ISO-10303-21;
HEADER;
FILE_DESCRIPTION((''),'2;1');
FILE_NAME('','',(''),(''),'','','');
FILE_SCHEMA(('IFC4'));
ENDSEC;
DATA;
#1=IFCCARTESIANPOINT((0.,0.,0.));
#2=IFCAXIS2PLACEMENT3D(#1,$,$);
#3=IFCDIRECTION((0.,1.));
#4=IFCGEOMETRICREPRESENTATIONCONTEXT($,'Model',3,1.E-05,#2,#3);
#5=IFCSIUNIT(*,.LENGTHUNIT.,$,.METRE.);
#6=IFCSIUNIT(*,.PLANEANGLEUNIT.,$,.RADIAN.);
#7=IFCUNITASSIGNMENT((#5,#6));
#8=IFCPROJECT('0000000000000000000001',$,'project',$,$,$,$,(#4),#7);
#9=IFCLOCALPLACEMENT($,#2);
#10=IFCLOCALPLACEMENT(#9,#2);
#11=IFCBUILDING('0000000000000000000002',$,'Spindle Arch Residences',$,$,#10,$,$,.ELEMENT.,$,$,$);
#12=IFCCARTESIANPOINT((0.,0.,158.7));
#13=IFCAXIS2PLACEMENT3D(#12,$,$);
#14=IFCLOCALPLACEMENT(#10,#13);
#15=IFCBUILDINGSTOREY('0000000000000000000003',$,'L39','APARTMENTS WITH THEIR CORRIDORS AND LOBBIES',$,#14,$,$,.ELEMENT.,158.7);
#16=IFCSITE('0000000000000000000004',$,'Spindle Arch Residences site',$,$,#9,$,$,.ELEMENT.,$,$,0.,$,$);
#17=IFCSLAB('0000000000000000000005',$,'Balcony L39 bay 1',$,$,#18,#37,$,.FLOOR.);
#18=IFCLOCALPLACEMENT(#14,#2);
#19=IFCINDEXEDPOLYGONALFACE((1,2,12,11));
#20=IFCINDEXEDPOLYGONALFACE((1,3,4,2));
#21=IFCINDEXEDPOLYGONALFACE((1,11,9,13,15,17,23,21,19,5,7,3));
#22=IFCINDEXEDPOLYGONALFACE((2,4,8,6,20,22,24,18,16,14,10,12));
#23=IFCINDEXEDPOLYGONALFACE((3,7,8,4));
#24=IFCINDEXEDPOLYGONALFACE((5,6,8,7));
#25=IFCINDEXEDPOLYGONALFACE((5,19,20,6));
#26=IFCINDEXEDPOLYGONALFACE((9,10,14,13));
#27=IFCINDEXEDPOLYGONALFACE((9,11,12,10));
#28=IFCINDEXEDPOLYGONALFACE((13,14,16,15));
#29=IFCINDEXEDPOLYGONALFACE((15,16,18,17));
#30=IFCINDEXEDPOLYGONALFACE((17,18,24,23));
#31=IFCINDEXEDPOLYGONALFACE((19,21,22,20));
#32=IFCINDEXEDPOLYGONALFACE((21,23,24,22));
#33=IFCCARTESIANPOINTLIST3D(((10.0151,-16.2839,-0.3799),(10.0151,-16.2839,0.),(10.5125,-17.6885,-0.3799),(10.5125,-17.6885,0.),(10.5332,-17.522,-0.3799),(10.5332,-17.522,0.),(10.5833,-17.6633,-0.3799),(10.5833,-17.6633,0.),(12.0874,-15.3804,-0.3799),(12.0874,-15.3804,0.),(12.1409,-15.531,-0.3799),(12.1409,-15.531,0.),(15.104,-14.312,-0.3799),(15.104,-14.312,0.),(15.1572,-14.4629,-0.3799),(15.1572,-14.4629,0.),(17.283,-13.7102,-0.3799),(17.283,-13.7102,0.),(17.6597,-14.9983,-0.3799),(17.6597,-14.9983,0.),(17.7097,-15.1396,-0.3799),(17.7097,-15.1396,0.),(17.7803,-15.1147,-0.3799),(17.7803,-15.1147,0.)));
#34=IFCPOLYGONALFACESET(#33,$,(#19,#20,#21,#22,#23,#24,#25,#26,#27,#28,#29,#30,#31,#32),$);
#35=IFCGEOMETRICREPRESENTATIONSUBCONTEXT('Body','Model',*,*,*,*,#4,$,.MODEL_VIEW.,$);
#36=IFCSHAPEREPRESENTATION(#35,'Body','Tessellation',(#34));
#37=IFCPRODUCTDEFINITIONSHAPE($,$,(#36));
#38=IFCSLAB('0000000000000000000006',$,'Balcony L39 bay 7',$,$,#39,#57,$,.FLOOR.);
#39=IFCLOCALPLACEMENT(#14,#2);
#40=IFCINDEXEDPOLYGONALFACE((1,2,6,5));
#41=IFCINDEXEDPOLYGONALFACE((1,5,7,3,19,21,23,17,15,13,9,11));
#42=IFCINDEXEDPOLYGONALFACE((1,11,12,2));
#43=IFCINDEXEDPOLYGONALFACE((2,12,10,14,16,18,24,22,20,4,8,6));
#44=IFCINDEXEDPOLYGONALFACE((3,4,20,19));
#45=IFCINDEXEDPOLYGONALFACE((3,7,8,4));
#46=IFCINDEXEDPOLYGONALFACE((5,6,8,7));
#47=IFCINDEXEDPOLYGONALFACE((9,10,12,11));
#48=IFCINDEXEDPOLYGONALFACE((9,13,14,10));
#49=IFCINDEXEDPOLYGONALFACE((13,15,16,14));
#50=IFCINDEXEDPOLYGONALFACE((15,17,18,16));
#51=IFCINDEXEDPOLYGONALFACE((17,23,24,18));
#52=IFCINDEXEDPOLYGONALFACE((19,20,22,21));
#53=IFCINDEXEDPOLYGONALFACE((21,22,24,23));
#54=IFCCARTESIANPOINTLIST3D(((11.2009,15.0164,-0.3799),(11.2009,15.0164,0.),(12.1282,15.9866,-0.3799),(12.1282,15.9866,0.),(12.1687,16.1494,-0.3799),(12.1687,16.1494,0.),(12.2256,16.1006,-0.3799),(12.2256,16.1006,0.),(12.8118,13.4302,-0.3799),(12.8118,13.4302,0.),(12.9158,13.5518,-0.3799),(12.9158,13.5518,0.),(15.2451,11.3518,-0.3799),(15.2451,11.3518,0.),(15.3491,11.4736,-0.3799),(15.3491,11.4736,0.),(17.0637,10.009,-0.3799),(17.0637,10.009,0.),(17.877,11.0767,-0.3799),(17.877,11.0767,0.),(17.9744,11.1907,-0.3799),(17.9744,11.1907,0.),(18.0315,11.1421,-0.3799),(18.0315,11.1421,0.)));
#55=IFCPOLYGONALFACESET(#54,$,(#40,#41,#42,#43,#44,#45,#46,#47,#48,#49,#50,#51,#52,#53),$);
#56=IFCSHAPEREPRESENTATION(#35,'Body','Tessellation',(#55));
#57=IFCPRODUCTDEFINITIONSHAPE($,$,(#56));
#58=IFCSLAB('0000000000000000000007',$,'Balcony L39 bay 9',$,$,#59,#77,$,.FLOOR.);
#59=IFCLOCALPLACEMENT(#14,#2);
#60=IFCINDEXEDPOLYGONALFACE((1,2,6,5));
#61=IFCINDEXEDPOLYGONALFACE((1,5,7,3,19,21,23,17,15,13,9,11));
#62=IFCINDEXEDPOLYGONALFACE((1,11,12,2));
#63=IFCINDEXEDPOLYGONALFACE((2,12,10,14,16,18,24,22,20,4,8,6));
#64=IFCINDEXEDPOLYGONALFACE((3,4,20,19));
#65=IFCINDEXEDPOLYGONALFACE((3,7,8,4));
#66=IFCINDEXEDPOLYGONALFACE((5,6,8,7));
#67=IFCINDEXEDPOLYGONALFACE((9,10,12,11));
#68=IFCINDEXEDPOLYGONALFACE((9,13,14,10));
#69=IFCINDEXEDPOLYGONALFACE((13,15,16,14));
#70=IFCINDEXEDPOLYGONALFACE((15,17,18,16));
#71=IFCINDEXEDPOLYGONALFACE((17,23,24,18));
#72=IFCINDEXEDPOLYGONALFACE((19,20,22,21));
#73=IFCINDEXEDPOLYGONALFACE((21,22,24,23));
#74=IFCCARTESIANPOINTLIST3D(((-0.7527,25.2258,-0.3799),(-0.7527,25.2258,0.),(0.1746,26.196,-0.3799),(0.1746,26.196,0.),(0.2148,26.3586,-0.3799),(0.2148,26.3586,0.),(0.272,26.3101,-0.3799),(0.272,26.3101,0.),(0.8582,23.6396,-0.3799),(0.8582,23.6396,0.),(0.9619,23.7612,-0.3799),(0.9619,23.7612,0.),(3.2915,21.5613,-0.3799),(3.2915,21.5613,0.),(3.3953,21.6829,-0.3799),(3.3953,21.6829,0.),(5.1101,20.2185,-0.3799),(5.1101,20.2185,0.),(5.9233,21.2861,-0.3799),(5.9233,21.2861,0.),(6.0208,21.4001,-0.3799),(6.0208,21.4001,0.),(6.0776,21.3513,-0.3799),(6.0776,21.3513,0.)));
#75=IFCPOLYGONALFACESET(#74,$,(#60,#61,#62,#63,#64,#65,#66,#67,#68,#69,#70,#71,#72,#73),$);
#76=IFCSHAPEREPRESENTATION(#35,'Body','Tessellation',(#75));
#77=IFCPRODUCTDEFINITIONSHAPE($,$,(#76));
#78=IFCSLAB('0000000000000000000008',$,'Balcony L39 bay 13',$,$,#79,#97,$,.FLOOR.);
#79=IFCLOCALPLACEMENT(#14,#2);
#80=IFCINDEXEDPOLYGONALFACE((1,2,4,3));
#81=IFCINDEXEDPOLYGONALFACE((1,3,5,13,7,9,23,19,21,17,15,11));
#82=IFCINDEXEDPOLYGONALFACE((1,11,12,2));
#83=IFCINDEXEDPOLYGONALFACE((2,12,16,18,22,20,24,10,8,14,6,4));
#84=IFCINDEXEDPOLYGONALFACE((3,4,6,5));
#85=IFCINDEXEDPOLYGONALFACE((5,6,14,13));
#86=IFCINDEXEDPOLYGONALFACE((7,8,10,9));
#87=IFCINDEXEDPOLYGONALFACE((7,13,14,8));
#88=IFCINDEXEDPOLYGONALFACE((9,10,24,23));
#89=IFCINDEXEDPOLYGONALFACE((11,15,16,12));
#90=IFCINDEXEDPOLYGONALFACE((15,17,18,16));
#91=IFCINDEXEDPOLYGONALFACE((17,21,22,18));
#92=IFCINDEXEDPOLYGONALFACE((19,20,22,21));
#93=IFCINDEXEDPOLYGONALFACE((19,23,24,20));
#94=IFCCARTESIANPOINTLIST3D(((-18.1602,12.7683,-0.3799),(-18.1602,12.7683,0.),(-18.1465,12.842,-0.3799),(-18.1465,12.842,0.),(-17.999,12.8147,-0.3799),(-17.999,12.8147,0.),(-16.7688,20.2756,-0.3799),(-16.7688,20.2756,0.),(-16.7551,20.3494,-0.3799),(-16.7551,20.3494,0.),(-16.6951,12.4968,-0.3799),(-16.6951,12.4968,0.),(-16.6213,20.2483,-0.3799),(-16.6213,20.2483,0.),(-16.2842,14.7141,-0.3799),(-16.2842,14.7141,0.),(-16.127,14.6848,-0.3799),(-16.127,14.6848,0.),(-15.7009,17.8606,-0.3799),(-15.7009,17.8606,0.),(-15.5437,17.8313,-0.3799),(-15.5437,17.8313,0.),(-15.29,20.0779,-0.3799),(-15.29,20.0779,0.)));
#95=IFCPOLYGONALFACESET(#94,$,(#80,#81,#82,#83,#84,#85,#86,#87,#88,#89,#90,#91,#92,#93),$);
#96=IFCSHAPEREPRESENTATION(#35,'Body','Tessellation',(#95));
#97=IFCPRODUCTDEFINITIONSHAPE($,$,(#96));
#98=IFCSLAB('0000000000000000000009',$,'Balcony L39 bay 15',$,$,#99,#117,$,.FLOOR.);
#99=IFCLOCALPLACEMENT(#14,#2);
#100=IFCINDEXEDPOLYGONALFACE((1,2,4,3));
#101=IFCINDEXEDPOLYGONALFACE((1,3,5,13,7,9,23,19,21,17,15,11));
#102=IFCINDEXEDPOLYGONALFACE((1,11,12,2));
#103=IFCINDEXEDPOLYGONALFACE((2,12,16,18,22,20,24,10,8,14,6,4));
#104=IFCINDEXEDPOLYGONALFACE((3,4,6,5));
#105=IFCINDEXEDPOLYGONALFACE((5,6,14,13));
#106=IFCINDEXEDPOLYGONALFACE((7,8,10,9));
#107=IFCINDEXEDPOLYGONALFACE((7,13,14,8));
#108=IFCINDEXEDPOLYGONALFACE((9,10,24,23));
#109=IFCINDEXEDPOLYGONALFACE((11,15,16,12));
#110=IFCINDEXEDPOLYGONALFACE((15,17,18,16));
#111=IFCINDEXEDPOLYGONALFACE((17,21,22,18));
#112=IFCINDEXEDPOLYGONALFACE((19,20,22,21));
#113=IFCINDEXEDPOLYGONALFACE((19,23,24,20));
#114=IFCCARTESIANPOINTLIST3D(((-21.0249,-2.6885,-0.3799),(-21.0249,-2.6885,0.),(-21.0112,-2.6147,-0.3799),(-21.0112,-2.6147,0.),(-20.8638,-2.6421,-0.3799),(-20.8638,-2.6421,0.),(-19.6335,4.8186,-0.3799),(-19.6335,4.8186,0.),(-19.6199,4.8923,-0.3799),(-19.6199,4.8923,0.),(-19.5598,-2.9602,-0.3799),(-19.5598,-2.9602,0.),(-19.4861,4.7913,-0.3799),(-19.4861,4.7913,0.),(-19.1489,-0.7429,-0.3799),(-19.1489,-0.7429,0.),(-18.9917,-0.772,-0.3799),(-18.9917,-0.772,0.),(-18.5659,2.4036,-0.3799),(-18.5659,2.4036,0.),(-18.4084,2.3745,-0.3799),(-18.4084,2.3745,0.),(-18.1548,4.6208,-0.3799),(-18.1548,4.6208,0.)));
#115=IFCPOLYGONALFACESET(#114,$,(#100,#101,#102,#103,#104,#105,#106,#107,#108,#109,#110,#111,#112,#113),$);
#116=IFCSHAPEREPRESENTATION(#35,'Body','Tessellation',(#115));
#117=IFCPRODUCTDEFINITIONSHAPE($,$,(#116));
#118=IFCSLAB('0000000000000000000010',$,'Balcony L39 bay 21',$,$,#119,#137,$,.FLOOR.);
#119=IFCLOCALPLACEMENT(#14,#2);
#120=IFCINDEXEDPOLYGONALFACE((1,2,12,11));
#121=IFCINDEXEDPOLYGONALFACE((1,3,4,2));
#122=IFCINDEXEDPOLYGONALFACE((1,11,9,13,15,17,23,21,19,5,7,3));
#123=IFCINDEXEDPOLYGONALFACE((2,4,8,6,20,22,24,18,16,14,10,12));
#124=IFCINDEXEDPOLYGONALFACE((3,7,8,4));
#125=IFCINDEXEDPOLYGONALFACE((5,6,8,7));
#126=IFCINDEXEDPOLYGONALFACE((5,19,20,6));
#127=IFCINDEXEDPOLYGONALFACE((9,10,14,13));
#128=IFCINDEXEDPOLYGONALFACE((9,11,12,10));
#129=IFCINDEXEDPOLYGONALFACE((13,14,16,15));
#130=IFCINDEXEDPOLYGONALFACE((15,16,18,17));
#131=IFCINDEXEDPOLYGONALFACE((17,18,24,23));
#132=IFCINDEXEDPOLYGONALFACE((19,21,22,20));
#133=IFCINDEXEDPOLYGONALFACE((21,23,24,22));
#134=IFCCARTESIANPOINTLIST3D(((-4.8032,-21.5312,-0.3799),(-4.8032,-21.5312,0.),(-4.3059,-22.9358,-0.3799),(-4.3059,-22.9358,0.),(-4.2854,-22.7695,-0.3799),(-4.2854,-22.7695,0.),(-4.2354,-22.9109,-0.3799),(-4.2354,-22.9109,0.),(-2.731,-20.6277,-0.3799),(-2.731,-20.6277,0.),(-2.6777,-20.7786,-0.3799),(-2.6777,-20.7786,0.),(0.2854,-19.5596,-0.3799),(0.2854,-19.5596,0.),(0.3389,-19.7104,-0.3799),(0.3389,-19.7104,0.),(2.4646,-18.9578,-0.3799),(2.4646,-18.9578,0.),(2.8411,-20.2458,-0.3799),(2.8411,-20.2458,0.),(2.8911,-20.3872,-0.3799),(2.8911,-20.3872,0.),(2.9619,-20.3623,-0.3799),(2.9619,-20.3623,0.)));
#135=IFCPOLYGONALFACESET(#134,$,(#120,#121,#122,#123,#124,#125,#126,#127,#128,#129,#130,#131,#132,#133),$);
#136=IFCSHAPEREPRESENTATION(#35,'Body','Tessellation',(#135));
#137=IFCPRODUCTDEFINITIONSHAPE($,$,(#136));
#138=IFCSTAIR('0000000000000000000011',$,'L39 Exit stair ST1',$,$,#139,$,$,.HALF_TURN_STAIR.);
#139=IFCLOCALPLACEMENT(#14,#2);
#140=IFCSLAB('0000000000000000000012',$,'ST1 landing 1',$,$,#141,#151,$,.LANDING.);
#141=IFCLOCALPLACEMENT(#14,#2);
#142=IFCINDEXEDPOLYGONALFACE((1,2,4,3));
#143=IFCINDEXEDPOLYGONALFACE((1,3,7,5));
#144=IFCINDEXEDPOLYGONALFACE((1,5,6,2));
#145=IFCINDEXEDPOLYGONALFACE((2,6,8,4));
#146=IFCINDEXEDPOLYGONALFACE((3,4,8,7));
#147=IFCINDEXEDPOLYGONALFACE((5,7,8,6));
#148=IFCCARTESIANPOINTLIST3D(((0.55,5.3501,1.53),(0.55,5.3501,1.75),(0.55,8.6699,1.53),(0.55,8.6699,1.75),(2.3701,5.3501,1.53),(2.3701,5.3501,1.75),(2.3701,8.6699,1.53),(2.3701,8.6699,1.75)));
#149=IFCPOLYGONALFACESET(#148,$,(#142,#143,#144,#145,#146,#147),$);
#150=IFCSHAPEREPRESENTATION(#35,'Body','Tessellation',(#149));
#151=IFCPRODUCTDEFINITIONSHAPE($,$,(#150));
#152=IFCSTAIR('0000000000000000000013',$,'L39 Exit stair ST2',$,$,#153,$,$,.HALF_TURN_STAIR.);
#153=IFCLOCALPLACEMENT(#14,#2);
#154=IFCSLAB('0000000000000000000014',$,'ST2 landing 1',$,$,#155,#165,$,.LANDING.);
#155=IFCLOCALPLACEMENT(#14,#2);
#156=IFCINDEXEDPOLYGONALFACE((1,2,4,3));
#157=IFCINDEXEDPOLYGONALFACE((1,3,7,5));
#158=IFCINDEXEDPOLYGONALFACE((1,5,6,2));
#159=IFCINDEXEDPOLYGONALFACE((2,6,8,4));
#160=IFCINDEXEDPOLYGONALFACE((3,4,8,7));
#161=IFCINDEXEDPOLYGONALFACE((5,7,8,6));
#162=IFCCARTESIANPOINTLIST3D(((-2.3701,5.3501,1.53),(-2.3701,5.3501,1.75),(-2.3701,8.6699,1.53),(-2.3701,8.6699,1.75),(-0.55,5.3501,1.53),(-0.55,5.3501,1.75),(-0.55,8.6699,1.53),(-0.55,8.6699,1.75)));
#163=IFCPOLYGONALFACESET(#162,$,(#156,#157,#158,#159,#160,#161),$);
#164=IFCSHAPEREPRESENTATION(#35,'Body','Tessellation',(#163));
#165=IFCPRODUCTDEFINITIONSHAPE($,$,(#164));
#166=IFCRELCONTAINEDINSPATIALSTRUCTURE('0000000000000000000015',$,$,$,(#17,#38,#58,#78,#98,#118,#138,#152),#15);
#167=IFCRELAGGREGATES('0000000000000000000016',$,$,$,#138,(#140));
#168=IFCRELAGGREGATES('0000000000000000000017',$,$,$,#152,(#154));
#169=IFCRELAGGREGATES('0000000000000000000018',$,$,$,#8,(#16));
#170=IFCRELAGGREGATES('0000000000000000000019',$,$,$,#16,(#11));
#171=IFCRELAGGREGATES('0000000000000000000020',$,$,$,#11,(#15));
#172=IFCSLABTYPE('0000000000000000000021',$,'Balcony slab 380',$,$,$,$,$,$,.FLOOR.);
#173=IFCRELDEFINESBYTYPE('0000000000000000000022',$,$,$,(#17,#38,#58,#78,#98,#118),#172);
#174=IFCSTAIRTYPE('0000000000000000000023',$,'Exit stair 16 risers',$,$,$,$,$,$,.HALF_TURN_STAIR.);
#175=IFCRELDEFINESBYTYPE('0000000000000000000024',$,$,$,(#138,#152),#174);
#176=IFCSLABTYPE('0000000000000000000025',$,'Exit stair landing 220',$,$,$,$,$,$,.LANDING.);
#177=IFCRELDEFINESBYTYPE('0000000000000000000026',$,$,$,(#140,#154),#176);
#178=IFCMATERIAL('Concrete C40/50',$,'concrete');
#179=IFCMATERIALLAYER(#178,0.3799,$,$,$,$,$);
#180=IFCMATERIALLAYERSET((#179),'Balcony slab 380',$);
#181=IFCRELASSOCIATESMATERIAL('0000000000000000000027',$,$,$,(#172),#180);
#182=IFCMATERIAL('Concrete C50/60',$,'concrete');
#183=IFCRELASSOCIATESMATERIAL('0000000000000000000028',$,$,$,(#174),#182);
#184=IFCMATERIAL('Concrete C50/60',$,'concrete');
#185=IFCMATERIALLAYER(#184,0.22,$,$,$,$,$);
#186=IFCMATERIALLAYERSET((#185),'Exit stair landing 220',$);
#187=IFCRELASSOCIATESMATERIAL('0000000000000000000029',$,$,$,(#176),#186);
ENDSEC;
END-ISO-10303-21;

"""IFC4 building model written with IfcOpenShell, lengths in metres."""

from ifc_helpers import new_model, si_unit, direction, frame, origin, place, context, subcontext, project, spatial, polyline, outline, extrude, material, layer, layer_set, type_object, element, aggregate, save


model = new_model("IFC4")

# Units and contexts
model_context = context("Model", 3, precision=1e-05, world=origin(), true_north=direction((0.0, 1.0)))
body_context = subcontext(model_context, "Body", "Model", "MODEL_VIEW")
ifc_project = project(units=[si_unit("LENGTHUNIT", "METRE"), si_unit("PLANEANGLEUNIT", "RADIAN")], contexts=[model_context])

# Site, building, storey
site_placement = place(None, origin())
site = spatial("IfcSite", under=ifc_project, at=site_placement, Name="Spindle Arch Residences site", CompositionType="ELEMENT", RefElevation=0.0)
building_placement = place(site_placement, origin())
building = spatial("IfcBuilding", under=site, at=building_placement, Name="Spindle Arch Residences", CompositionType="ELEMENT")
storey_placement = place(building_placement, frame((0.0, 0.0, 158.7)))
storey = spatial("IfcBuildingStorey", under=building, at=storey_placement, Name="L39", Description="APARTMENTS WITH THEIR CORRIDORS AND LOBBIES", CompositionType="ELEMENT", Elevation=158.7)

# Slabs
ifc_material_1 = material(Name="Concrete C40/50", Category="concrete")
ifc_layer_1 = layer(ifc_material_1, 0.3799)
ifc_layer_set_1 = layer_set([ifc_layer_1], Name="Balcony slab 380")
slab_type_1 = type_object("IfcSlabType", Name="Balcony slab 380", PredefinedType="FLOOR", material=ifc_layer_set_1)
slab_1_placement = place(storey_placement, frame((0.0, 0.0, -0.3799)))
element("IfcSlab", 1, at=slab_1_placement, inside=storey, type_object=slab_type_1, Name="Balcony L39 bay 1", PredefinedType="FLOOR", context=body_context, shape_type="SweptSolid", body=[
    extrude(outline(polyline([(10.5125, -17.6885), (10.5833, -17.6633), (10.5332, -17.522), (17.6597, -14.9983), (17.7097, -15.1396), (17.7803, -15.1147), (17.283, -13.7102), (15.1572, -14.4629), (15.104, -14.312), (12.0874, -15.3804), (12.1409, -15.531), (10.0151, -16.2839), (10.5125, -17.6885)])), origin(), (0.0, 0.0, 1.0), 0.3799),
])
slab_2_placement = place(storey_placement, frame((0.0, 0.0, -0.3799)))
element("IfcSlab", 2, at=slab_2_placement, inside=storey, type_object=slab_type_1, Name="Balcony L39 bay 7", PredefinedType="FLOOR", context=body_context, shape_type="SweptSolid", body=[
    extrude(outline(polyline([(18.0315, 11.1421), (17.9744, 11.1907), (17.877, 11.0767), (12.1282, 15.9866), (12.2256, 16.1006), (12.1687, 16.1494), (11.2009, 15.0164), (12.9158, 13.5518), (12.8118, 13.4302), (15.2451, 11.3518), (15.3491, 11.4736), (17.0637, 10.009), (18.0315, 11.1421)])), origin(), (0.0, 0.0, 1.0), 0.3799),
])
slab_3_placement = place(storey_placement, frame((0.0, 0.0, -0.3799)))
element("IfcSlab", 3, at=slab_3_placement, inside=storey, type_object=slab_type_1, Name="Balcony L39 bay 9", PredefinedType="FLOOR", context=body_context, shape_type="SweptSolid", body=[
    extrude(outline(polyline([(6.0776, 21.3513), (6.0208, 21.4001), (5.9233, 21.2861), (0.1746, 26.196), (0.272, 26.3101), (0.2148, 26.3586), (-0.7527, 25.2258), (0.9619, 23.7612), (0.8582, 23.6396), (3.2915, 21.5613), (3.3953, 21.6829), (5.1101, 20.2185), (6.0776, 21.3513)])), origin(), (0.0, 0.0, 1.0), 0.3799),
])
slab_4_placement = place(storey_placement, frame((0.0, 0.0, -0.3799)))
element("IfcSlab", 4, at=slab_4_placement, inside=storey, type_object=slab_type_1, Name="Balcony L39 bay 13", PredefinedType="FLOOR", context=body_context, shape_type="SweptSolid", body=[
    extrude(outline(polyline([(-16.7551, 20.3494), (-16.7688, 20.2756), (-16.6213, 20.2483), (-17.999, 12.8147), (-18.1465, 12.842), (-18.1602, 12.7683), (-16.6951, 12.4968), (-16.2842, 14.7141), (-16.127, 14.6848), (-15.5437, 17.8313), (-15.7009, 17.8606), (-15.29, 20.0779), (-16.7551, 20.3494)])), origin(), (0.0, 0.0, 1.0), 0.3799),
])
slab_5_placement = place(storey_placement, frame((0.0, 0.0, -0.3799)))
element("IfcSlab", 5, at=slab_5_placement, inside=storey, type_object=slab_type_1, Name="Balcony L39 bay 15", PredefinedType="FLOOR", context=body_context, shape_type="SweptSolid", body=[
    extrude(outline(polyline([(-19.6199, 4.8923), (-19.6335, 4.8186), (-19.4861, 4.7913), (-20.8638, -2.6421), (-21.0112, -2.6147), (-21.0249, -2.6885), (-19.5598, -2.9602), (-19.1489, -0.7429), (-18.9917, -0.772), (-18.4084, 2.3745), (-18.5659, 2.4036), (-18.1548, 4.6208), (-19.6199, 4.8923)])), origin(), (0.0, 0.0, 1.0), 0.3799),
])
slab_6_placement = place(storey_placement, frame((0.0, 0.0, -0.3799)))
element("IfcSlab", 6, at=slab_6_placement, inside=storey, type_object=slab_type_1, Name="Balcony L39 bay 21", PredefinedType="FLOOR", context=body_context, shape_type="SweptSolid", body=[
    extrude(outline(polyline([(-4.3059, -22.9358), (-4.2354, -22.9109), (-4.2854, -22.7695), (2.8411, -20.2458), (2.8911, -20.3872), (2.9619, -20.3623), (2.4646, -18.9578), (0.3389, -19.7104), (0.2854, -19.5596), (-2.731, -20.6277), (-2.6777, -20.7786), (-4.8032, -21.5312), (-4.3059, -22.9358)])), origin(), (0.0, 0.0, 1.0), 0.3799),
])

# Stairs, slabs
ifc_material_2 = material(Name="Concrete C50/60", Category="concrete")
stair_type = type_object("IfcStairType", Name="Exit stair 16 risers", PredefinedType="HALF_TURN_STAIR", material=ifc_material_2)
stair_1_placement = place(storey_placement, origin())
stair_1 = element("IfcStair", 7, at=stair_1_placement, inside=storey, type_object=stair_type, Name="L39 Exit stair ST1", PredefinedType="HALF_TURN_STAIR")
ifc_material_3 = material(Name="Concrete C50/60", Category="concrete")
ifc_layer_2 = layer(ifc_material_3, 0.22)
ifc_layer_set_2 = layer_set([ifc_layer_2], Name="Exit stair landing 220")
slab_type_2 = type_object("IfcSlabType", Name="Exit stair landing 220", PredefinedType="LANDING", material=ifc_layer_set_2)
slab_7_placement = place(storey_placement, frame((0.0, 0.0, 1.53)))
slab_7 = element("IfcSlab", 8, at=slab_7_placement, type_object=slab_type_2, Name="ST1 landing 1", PredefinedType="LANDING", context=body_context, shape_type="SweptSolid", body=[
    extrude(outline(polyline([(2.3701, 8.6699), (0.55, 8.6699), (0.55, 5.3501), (2.3701, 5.3501), (2.3701, 8.6699)])), origin(), (0.0, 0.0, 1.0), 0.22),
])
aggregate(stair_1, [slab_7])
stair_2_placement = place(storey_placement, origin())
stair_2 = element("IfcStair", 9, at=stair_2_placement, inside=storey, type_object=stair_type, Name="L39 Exit stair ST2", PredefinedType="HALF_TURN_STAIR")
slab_8_placement = place(storey_placement, frame((0.0, 0.0, 1.53)))
slab_8 = element("IfcSlab", 10, at=slab_8_placement, type_object=slab_type_2, Name="ST2 landing 1", PredefinedType="LANDING", context=body_context, shape_type="SweptSolid", body=[
    extrude(outline(polyline([(-2.3701, 5.3501), (-0.55, 5.3501), (-0.55, 8.6699), (-2.3701, 8.6699), (-2.3701, 5.3501)])), origin(), (0.0, 0.0, 1.0), 0.22),
])
aggregate(stair_2, [slab_8])

save(model, "model.ifc")
